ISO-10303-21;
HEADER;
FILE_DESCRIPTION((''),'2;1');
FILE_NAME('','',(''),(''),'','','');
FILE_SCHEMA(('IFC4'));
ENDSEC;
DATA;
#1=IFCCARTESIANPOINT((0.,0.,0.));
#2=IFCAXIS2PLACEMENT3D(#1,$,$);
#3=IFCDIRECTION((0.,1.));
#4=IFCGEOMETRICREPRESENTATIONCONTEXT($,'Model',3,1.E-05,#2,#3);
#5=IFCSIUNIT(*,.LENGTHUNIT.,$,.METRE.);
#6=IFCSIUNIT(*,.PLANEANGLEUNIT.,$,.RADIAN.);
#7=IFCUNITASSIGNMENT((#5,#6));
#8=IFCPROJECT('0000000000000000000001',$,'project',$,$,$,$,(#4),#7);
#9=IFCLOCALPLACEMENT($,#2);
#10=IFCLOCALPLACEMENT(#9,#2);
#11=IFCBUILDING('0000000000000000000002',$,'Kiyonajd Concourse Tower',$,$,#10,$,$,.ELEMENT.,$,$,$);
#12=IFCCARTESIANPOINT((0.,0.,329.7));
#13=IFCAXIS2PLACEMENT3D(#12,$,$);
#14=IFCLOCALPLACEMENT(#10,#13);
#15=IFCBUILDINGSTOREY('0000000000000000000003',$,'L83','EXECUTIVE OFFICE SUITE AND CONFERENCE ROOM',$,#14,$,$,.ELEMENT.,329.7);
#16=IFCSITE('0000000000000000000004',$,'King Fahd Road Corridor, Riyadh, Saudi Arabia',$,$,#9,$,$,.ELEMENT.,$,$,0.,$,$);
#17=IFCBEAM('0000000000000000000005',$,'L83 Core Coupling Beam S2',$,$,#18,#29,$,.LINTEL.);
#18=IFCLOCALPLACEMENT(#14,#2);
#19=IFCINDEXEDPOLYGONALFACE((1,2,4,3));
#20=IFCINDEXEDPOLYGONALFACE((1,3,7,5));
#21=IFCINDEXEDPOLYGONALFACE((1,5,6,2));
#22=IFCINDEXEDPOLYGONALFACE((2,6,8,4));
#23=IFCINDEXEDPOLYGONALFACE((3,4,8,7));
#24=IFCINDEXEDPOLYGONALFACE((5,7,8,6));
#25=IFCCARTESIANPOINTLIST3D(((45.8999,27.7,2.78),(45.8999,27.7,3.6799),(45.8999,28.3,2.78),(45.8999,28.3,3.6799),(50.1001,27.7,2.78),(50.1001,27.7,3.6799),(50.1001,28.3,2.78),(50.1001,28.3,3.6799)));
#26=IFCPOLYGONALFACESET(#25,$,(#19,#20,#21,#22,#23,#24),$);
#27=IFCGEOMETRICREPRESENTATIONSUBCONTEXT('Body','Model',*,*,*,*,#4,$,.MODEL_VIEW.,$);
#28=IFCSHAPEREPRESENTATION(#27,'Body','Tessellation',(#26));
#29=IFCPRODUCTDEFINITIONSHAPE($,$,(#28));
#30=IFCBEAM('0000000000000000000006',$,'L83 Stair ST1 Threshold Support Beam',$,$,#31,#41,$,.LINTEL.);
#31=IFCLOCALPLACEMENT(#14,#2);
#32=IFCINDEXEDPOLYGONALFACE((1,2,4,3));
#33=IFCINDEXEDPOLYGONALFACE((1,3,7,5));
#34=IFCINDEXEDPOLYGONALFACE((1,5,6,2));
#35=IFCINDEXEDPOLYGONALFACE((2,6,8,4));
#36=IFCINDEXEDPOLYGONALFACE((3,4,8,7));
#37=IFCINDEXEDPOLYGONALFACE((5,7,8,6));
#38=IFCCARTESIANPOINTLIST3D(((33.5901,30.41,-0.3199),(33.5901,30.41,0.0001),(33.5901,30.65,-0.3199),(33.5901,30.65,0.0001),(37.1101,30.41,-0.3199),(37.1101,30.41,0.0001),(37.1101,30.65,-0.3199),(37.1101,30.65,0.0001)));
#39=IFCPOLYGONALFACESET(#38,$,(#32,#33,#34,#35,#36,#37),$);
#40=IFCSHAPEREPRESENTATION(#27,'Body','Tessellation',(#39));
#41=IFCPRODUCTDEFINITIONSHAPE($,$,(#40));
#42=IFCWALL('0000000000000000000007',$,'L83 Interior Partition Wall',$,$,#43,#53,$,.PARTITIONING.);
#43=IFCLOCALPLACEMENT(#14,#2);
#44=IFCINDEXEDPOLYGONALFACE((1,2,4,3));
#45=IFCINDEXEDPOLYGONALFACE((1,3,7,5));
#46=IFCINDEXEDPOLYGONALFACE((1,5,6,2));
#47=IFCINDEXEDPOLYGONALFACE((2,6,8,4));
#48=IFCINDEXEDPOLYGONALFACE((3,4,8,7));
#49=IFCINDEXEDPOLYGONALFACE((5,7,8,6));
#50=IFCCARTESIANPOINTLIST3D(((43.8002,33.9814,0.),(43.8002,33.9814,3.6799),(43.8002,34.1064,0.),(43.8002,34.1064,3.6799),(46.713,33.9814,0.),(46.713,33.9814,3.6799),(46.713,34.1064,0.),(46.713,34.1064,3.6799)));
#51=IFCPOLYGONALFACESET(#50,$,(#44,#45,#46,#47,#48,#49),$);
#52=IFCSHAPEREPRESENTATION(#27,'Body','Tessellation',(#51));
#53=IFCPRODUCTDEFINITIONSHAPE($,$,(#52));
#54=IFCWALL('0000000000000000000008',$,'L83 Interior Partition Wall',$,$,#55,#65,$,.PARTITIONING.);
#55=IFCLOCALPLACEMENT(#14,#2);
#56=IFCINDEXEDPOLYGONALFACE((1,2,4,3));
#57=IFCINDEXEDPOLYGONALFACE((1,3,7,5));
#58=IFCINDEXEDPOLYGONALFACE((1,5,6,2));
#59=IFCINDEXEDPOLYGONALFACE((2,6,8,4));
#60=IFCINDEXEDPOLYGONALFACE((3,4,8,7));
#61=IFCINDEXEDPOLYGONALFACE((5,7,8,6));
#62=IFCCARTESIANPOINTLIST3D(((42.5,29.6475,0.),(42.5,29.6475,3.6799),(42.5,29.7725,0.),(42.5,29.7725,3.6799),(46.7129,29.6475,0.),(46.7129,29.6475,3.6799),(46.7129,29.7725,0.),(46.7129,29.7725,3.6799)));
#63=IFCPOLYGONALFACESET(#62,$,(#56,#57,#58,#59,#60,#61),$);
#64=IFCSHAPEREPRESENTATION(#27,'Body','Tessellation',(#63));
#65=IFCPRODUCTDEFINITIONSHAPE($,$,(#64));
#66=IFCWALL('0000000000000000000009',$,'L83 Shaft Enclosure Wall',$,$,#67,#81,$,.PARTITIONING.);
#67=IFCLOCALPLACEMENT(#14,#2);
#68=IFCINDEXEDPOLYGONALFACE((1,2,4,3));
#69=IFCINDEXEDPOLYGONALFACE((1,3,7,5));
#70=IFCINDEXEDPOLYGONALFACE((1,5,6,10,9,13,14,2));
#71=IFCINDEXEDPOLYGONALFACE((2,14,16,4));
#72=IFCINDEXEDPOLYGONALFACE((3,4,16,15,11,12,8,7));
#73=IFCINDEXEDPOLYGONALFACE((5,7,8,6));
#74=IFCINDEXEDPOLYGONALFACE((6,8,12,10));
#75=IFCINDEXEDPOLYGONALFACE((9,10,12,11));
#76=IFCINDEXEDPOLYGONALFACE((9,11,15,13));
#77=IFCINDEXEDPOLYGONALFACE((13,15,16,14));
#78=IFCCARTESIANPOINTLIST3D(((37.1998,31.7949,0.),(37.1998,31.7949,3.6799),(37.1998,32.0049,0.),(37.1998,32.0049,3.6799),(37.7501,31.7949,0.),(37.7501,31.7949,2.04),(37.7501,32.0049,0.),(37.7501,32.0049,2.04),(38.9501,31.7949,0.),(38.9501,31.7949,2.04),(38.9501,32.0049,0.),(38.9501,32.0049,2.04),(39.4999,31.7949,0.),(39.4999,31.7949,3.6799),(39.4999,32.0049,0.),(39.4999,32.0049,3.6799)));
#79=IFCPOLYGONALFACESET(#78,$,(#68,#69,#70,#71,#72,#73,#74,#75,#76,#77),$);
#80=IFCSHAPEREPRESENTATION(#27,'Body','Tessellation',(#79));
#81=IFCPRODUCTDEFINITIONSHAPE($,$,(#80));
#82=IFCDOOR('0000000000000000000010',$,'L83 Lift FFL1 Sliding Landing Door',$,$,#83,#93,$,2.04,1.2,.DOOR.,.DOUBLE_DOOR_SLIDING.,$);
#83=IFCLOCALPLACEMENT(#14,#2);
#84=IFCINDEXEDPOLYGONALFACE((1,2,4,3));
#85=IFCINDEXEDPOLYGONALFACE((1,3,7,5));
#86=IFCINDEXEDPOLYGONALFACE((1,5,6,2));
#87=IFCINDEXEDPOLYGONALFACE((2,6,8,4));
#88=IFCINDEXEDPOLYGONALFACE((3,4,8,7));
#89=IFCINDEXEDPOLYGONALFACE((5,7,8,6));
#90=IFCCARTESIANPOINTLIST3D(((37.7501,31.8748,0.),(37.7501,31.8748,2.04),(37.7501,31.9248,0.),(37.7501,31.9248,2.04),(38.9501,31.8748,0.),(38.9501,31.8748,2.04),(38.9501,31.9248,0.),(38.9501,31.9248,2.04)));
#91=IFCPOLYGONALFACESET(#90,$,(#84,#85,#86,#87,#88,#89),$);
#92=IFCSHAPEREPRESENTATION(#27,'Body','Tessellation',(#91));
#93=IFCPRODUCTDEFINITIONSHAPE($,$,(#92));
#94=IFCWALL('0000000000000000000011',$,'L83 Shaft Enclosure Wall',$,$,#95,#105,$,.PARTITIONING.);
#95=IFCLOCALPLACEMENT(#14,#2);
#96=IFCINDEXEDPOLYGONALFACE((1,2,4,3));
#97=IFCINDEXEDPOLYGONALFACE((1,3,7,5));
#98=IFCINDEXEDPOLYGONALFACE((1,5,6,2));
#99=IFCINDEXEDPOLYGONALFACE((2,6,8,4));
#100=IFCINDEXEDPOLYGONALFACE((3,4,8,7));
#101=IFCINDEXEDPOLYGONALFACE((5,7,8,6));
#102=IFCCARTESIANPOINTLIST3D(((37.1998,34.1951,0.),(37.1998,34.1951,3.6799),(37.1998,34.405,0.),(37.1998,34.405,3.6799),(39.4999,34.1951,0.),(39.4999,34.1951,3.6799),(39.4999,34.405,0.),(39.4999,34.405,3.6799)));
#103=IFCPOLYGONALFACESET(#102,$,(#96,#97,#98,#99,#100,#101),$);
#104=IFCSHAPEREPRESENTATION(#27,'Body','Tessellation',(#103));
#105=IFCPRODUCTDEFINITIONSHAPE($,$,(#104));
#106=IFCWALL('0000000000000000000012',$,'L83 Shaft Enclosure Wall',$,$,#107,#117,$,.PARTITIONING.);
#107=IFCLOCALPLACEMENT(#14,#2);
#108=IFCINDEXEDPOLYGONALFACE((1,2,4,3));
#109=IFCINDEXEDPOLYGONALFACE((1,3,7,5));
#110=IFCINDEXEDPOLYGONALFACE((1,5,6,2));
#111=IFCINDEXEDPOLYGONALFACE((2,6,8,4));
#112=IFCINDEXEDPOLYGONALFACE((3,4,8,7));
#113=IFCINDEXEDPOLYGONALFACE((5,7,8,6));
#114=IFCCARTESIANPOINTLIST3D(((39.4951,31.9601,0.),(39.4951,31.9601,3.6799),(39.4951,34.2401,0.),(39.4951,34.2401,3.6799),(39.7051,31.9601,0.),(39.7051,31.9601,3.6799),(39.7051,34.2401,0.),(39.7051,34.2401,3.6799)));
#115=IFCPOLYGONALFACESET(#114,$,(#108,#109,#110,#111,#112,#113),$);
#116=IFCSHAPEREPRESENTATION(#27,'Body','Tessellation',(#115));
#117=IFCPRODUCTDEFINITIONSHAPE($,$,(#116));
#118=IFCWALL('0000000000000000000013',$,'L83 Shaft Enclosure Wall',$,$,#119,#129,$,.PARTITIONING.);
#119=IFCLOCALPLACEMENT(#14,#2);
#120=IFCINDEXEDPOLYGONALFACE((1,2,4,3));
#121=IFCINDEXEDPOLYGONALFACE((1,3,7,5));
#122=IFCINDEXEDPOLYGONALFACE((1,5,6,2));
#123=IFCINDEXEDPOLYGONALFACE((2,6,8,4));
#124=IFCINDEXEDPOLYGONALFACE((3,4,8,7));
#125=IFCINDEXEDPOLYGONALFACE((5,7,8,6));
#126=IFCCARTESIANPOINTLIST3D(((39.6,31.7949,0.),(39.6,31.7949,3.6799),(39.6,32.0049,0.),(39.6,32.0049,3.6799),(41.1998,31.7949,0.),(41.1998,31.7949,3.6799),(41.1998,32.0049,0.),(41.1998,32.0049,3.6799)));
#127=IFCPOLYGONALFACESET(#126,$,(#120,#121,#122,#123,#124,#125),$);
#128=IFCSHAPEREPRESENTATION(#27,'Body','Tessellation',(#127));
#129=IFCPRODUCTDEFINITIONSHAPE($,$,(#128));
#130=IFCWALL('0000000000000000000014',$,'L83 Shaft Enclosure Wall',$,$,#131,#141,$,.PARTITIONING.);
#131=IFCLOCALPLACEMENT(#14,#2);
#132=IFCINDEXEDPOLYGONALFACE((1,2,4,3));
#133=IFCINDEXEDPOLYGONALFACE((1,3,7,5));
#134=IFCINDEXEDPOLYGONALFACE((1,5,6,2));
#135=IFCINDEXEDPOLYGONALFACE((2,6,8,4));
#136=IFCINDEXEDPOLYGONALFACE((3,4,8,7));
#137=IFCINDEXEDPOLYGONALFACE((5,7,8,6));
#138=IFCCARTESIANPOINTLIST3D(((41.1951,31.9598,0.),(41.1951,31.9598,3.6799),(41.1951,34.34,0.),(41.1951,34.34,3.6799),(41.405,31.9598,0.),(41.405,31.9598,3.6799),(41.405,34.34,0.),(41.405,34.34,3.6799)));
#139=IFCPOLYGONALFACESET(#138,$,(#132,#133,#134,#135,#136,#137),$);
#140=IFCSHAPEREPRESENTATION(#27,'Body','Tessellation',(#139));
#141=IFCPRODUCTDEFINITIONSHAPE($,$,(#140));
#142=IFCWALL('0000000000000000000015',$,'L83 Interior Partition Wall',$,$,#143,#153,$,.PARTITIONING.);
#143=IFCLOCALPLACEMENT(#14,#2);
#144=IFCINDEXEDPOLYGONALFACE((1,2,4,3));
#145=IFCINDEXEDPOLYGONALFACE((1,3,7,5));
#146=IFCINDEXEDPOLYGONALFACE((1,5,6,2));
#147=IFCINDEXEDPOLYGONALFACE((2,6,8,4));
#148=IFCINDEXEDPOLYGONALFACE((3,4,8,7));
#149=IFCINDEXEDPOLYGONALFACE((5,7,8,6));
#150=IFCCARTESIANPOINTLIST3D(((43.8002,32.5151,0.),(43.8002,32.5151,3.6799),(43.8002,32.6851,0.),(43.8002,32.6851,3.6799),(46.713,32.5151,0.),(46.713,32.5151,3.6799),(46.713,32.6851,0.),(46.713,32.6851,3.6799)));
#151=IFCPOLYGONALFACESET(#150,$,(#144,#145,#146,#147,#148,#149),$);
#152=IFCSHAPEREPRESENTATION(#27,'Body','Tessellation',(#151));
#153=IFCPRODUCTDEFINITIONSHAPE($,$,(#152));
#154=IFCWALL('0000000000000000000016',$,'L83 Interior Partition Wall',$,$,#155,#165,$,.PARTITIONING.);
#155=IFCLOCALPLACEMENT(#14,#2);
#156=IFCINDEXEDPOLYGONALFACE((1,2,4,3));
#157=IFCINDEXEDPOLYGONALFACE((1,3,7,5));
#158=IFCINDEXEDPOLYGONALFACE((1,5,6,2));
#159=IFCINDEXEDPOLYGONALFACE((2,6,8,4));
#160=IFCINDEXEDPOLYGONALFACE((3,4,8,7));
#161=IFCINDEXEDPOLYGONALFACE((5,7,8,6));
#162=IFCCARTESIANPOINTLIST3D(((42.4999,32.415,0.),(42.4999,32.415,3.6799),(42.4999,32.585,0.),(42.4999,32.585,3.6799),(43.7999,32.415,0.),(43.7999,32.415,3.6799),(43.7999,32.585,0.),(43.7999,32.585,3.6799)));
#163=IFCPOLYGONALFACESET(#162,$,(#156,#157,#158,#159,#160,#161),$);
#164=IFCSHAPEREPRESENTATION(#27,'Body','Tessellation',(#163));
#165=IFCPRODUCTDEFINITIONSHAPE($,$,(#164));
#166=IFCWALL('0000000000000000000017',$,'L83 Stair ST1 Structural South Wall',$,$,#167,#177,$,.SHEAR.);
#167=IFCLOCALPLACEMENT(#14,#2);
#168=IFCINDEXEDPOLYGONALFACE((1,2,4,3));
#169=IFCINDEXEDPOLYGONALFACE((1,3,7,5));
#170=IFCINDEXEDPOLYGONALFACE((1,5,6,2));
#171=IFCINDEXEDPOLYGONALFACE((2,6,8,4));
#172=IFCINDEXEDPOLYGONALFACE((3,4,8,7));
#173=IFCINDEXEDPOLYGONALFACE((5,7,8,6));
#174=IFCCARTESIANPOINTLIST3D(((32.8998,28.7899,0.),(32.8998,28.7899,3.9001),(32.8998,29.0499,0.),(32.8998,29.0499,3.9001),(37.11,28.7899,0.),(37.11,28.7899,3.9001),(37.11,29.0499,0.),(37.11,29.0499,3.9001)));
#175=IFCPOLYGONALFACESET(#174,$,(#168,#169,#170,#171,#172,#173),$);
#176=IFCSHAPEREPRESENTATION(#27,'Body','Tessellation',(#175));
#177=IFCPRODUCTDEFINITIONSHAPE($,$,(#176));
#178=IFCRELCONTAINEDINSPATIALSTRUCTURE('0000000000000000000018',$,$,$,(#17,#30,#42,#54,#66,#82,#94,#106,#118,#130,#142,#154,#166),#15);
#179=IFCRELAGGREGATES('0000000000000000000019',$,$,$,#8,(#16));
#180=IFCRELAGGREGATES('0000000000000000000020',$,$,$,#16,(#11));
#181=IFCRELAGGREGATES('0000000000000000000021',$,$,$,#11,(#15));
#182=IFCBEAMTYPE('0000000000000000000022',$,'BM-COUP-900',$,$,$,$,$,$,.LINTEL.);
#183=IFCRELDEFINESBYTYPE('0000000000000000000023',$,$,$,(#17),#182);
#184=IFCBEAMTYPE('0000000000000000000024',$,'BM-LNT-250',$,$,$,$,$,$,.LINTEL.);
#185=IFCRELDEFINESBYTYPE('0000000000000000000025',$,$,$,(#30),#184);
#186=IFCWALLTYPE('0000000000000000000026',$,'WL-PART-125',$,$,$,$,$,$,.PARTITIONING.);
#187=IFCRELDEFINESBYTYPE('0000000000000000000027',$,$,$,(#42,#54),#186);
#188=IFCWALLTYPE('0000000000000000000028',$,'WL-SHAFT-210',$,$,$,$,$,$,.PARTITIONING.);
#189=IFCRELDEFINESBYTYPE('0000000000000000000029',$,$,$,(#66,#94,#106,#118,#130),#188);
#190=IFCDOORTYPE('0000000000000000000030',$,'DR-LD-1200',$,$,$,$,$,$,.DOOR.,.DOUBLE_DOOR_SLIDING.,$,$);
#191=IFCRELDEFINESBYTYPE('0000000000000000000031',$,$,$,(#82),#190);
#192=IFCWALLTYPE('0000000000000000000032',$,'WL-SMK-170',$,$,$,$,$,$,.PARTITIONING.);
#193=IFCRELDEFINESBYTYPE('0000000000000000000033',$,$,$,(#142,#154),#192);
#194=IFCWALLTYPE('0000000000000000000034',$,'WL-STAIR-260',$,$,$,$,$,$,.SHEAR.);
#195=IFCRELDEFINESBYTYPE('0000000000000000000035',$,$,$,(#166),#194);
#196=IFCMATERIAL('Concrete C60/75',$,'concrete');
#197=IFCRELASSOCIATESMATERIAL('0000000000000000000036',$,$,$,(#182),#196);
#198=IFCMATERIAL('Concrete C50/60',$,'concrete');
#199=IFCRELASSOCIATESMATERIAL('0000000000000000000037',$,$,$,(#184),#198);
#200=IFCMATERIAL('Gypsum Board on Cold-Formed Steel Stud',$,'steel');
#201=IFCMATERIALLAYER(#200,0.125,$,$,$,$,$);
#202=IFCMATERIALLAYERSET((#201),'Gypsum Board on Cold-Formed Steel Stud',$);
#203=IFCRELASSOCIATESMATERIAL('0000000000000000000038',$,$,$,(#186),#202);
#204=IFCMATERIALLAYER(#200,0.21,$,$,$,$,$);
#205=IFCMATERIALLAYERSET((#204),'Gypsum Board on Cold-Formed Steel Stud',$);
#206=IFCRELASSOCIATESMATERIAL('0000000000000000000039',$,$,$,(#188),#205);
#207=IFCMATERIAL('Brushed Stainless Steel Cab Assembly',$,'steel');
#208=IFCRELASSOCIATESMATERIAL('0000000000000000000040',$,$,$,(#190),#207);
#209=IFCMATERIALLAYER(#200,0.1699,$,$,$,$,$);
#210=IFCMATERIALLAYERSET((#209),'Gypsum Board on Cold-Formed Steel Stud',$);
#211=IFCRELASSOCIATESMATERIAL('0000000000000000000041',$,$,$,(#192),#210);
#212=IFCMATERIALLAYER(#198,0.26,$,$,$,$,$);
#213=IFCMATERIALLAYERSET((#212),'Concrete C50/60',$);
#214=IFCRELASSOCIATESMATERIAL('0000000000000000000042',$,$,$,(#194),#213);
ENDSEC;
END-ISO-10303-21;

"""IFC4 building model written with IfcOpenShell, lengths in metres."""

from ifc_helpers import new_model, si_unit, direction, frame, frame_2d, origin, origin_2d, place, context, subcontext, project, spatial, rectangle, extrude, material, layer, layer_set, material_profile, profile_set, type_object, element, fill, save


model = new_model("IFC4")

# Units and contexts
model_context = context("Model", 3, precision=1e-05, world=origin(), true_north=direction((0.0, 1.0)))
body_context = subcontext(model_context, "Body", "Model", "MODEL_VIEW")
ifc_project = project(units=[si_unit("LENGTHUNIT", "METRE"), si_unit("PLANEANGLEUNIT", "RADIAN")], contexts=[model_context])

# Site, building, storey
site_placement = place(None, origin())
site = spatial("IfcSite", under=ifc_project, at=site_placement, Name="King Fahd Road Corridor, Riyadh, Saudi Arabia", CompositionType="ELEMENT", RefElevation=0.0)
building_placement = place(site_placement, origin())
building = spatial("IfcBuilding", under=site, at=building_placement, Name="Kiyonajd Concourse Tower", CompositionType="ELEMENT")
storey_placement = place(building_placement, frame((0.0, 0.0, 329.7)))
storey = spatial("IfcBuildingStorey", under=building, at=storey_placement, Name="L83", Description="EXECUTIVE OFFICE SUITE AND CONFERENCE ROOM", CompositionType="ELEMENT", Elevation=329.7)

# Beams
ifc_material_1 = material(Name="Concrete C60/75", Category="concrete")
ifc_material_profile_1 = material_profile(ifc_material_1, rectangle(XDim=0.6001, YDim=0.8999, at=origin_2d()), Name="RCBM-600x900")
ifc_profile_set_1 = profile_set([ifc_material_profile_1], Name="Concrete C60/75")
beam_type_1 = type_object("IfcBeamType", Name="BM-COUP-900", PredefinedType="LINTEL", material=ifc_profile_set_1)
beam_1_placement = place(storey_placement, frame((45.8999, 28.0, 3.23), z_axis=(1.0, 0.0, 0.0), x_axis=(0.0, 1.0, 0.0)))
element("IfcBeam", 1, at=beam_1_placement, inside=storey, type_object=beam_type_1, Name="L83 Core Coupling Beam S2", PredefinedType="LINTEL", context=body_context, shape_type="SweptSolid", body=[
    extrude(rectangle(XDim=0.6001, YDim=0.8999, at=origin_2d()), origin(), (0.0, 0.0, 1.0), 4.2002),
])
ifc_material_2 = material(Name="Concrete C50/60", Category="concrete")
ifc_material_profile_2 = material_profile(ifc_material_2, rectangle(XDim=0.24, YDim=0.3201, at=origin_2d()), Name="RCBM-240x320")
ifc_profile_set_2 = profile_set([ifc_material_profile_2], Name="Concrete C50/60")
beam_type_2 = type_object("IfcBeamType", Name="BM-LNT-250", PredefinedType="LINTEL", material=ifc_profile_set_2)
beam_2_placement = place(storey_placement, frame((33.5901, 30.53, -0.1599), z_axis=(1.0, 0.0, 0.0), x_axis=(0.0, 1.0, 0.0)))
element("IfcBeam", 2, at=beam_2_placement, inside=storey, type_object=beam_type_2, Name="L83 Stair ST1 Threshold Support Beam", PredefinedType="LINTEL", context=body_context, shape_type="SweptSolid", body=[
    extrude(rectangle(XDim=0.24, YDim=0.3201, at=origin_2d()), origin(), (0.0, 0.0, 1.0), 3.52),
])

# Walls
ifc_material_3 = material(Name="Gypsum Board on Cold-Formed Steel Stud", Category="steel")
ifc_layer_1 = layer(ifc_material_3, 0.125)
ifc_layer_set_1 = layer_set([ifc_layer_1], Name="Gypsum Board on Cold-Formed Steel Stud")
wall_type_1 = type_object("IfcWallType", Name="WL-PART-125", PredefinedType="PARTITIONING", material=ifc_layer_set_1)
wall_1_placement = place(storey_placement, frame((43.8, 34.0439, 0.0), z_axis=(0.0, 0.0, 1.0), x_axis=(1.0, 0.0, 0.0)))
element("IfcWall", 3, at=wall_1_placement, inside=storey, type_object=wall_type_1, Name="L83 Interior Partition Wall", PredefinedType="PARTITIONING", context=body_context, shape_type="SweptSolid", body=[
    extrude(rectangle(XDim=2.9128, YDim=0.125, at=frame_2d((1.4565, 0.0))), origin(), (0.0, 0.0, 1.0), 3.6799),
])
wall_2_placement = place(storey_placement, frame((42.5, 29.71, 0.0), z_axis=(0.0, 0.0, 1.0), x_axis=(1.0, 0.0, 0.0)))
element("IfcWall", 4, at=wall_2_placement, inside=storey, type_object=wall_type_1, Name="L83 Interior Partition Wall", PredefinedType="PARTITIONING", context=body_context, shape_type="SweptSolid", body=[
    extrude(rectangle(XDim=4.2129, YDim=0.125, at=frame_2d((2.1064, 0.0))), origin(), (0.0, 0.0, 1.0), 3.6799),
])

# Wall, opening, door
ifc_layer_2 = layer(ifc_material_3, 0.21)
ifc_layer_set_2 = layer_set([ifc_layer_2], Name="Gypsum Board on Cold-Formed Steel Stud")
wall_type_2 = type_object("IfcWallType", Name="WL-SHAFT-210", PredefinedType="PARTITIONING", material=ifc_layer_set_2)
wall_3_placement = place(storey_placement, frame((37.2, 31.8999, 0.0), z_axis=(0.0, 0.0, 1.0), x_axis=(1.0, 0.0, 0.0)))
wall_3 = element("IfcWall", 5, at=wall_3_placement, inside=storey, type_object=wall_type_2, Name="L83 Shaft Enclosure Wall", PredefinedType="PARTITIONING", context=body_context, shape_type="SweptSolid", body=[
    extrude(rectangle(XDim=2.3, YDim=0.21, at=frame_2d((1.1499, 0.0))), origin(), (0.0, 0.0, 1.0), 3.6799),
])
opening_1_placement = place(wall_3_placement, frame((0.55, 0.0, 0.0)))
opening_1 = element("IfcOpeningElement", 6, at=opening_1_placement, cuts=wall_3, PredefinedType="OPENING", context=body_context, shape_type="SweptSolid", body=[
    extrude(rectangle(XDim=1.2, YDim=2.04, at=frame_2d((0.6001, 1.02))), frame((0.0, 0.115, 0.0), z_axis=(0.0, -1.0, 0.0), x_axis=(1.0, 0.0, 0.0)), (0.0, 0.0, 1.0), 0.23),
])
ifc_material_4 = material(Name="Brushed Stainless Steel Cab Assembly", Category="steel")
door_type_1 = type_object("IfcDoorType", Name="DR-LD-1200", OperationType="DOUBLE_DOOR_SLIDING", PredefinedType="DOOR", material=ifc_material_4)
door_1_placement = place(opening_1_placement, origin())
door_1 = element("IfcDoor", 7, at=door_1_placement, inside=storey, type_object=door_type_1, Name="L83 Lift FFL1 Sliding Landing Door", OperationType="DOUBLE_DOOR_SLIDING", OverallHeight=2.04, OverallWidth=1.2, PredefinedType="DOOR", context=body_context, shape_type="SweptSolid", body=[
    extrude(rectangle(XDim=1.2, YDim=2.04, at=frame_2d((0.6001, 1.02))), frame((0.0, 0.0249, 0.0), z_axis=(0.0, -1.0, 0.0), x_axis=(1.0, 0.0, 0.0)), (0.0, 0.0, 1.0), 0.05),
])
fill(opening_1, door_1)

# Walls
wall_4_placement = place(storey_placement, frame((37.2, 34.3, 0.0), z_axis=(0.0, 0.0, 1.0), x_axis=(1.0, 0.0, 0.0)))
element("IfcWall", 8, at=wall_4_placement, inside=storey, type_object=wall_type_2, Name="L83 Shaft Enclosure Wall", PredefinedType="PARTITIONING", context=body_context, shape_type="SweptSolid", body=[
    extrude(rectangle(XDim=2.3, YDim=0.21, at=frame_2d((1.1499, 0.0))), origin(), (0.0, 0.0, 1.0), 3.6799),
])
wall_5_placement = place(storey_placement, frame((39.6001, 31.96, 0.0), z_axis=(0.0, 0.0, 1.0), x_axis=(0.0, 1.0, 0.0)))
element("IfcWall", 9, at=wall_5_placement, inside=storey, type_object=wall_type_2, Name="L83 Shaft Enclosure Wall", PredefinedType="PARTITIONING", context=body_context, shape_type="SweptSolid", body=[
    extrude(rectangle(XDim=2.28, YDim=0.21, at=frame_2d((1.1401, 0.0))), origin(), (0.0, 0.0, 1.0), 3.6799),
])
wall_6_placement = place(storey_placement, frame((39.6001, 31.8999, 0.0), z_axis=(0.0, 0.0, 1.0), x_axis=(1.0, 0.0, 0.0)))
element("IfcWall", 10, at=wall_6_placement, inside=storey, type_object=wall_type_2, Name="L83 Shaft Enclosure Wall", PredefinedType="PARTITIONING", context=body_context, shape_type="SweptSolid", body=[
    extrude(rectangle(XDim=1.5999, YDim=0.21, at=frame_2d((0.7998, 0.0))), origin(), (0.0, 0.0, 1.0), 3.6799),
])
wall_7_placement = place(storey_placement, frame((41.3, 31.96, 0.0), z_axis=(0.0, 0.0, 1.0), x_axis=(0.0, 1.0, 0.0)))
element("IfcWall", 11, at=wall_7_placement, inside=storey, type_object=wall_type_2, Name="L83 Shaft Enclosure Wall", PredefinedType="PARTITIONING", context=body_context, shape_type="SweptSolid", body=[
    extrude(rectangle(XDim=2.3801, YDim=0.21, at=frame_2d((1.1899, 0.0))), origin(), (0.0, 0.0, 1.0), 3.6799),
])
ifc_layer_3 = layer(ifc_material_3, 0.1699)
ifc_layer_set_3 = layer_set([ifc_layer_3], Name="Gypsum Board on Cold-Formed Steel Stud")
wall_type_3 = type_object("IfcWallType", Name="WL-SMK-170", PredefinedType="PARTITIONING", material=ifc_layer_set_3)
wall_8_placement = place(storey_placement, frame((43.8, 32.6001, 0.0), z_axis=(0.0, 0.0, 1.0), x_axis=(1.0, 0.0, 0.0)))
element("IfcWall", 12, at=wall_8_placement, inside=storey, type_object=wall_type_3, Name="L83 Interior Partition Wall", PredefinedType="PARTITIONING", context=body_context, shape_type="SweptSolid", body=[
    extrude(rectangle(XDim=2.9128, YDim=0.1699, at=frame_2d((1.4565, 0.0))), origin(), (0.0, 0.0, 1.0), 3.6799),
])
wall_9_placement = place(storey_placement, frame((42.5, 32.5, 0.0), z_axis=(0.0, 0.0, 1.0), x_axis=(1.0, 0.0, 0.0)))
element("IfcWall", 13, at=wall_9_placement, inside=storey, type_object=wall_type_3, Name="L83 Interior Partition Wall", PredefinedType="PARTITIONING", context=body_context, shape_type="SweptSolid", body=[
    extrude(rectangle(XDim=1.3, YDim=0.1699, at=frame_2d((0.6499, 0.0))), origin(), (0.0, 0.0, 1.0), 3.6799),
])
ifc_layer_4 = layer(ifc_material_2, 0.26)
ifc_layer_set_4 = layer_set([ifc_layer_4], Name="Concrete C50/60")
wall_type_4 = type_object("IfcWallType", Name="WL-STAIR-260", PredefinedType="SHEAR", material=ifc_layer_set_4)
wall_10_placement = place(storey_placement, frame((32.8999, 28.9199, 0.0), z_axis=(0.0, 0.0, 1.0), x_axis=(1.0, 0.0, 0.0)))
element("IfcWall", 14, at=wall_10_placement, inside=storey, type_object=wall_type_4, Name="L83 Stair ST1 Structural South Wall", PredefinedType="SHEAR", context=body_context, shape_type="SweptSolid", body=[
    extrude(rectangle(XDim=4.2102, YDim=0.26, at=frame_2d((2.105, 0.0))), origin(), (0.0, 0.0, 1.0), 3.9001),
])

save(model, "model.ifc")
